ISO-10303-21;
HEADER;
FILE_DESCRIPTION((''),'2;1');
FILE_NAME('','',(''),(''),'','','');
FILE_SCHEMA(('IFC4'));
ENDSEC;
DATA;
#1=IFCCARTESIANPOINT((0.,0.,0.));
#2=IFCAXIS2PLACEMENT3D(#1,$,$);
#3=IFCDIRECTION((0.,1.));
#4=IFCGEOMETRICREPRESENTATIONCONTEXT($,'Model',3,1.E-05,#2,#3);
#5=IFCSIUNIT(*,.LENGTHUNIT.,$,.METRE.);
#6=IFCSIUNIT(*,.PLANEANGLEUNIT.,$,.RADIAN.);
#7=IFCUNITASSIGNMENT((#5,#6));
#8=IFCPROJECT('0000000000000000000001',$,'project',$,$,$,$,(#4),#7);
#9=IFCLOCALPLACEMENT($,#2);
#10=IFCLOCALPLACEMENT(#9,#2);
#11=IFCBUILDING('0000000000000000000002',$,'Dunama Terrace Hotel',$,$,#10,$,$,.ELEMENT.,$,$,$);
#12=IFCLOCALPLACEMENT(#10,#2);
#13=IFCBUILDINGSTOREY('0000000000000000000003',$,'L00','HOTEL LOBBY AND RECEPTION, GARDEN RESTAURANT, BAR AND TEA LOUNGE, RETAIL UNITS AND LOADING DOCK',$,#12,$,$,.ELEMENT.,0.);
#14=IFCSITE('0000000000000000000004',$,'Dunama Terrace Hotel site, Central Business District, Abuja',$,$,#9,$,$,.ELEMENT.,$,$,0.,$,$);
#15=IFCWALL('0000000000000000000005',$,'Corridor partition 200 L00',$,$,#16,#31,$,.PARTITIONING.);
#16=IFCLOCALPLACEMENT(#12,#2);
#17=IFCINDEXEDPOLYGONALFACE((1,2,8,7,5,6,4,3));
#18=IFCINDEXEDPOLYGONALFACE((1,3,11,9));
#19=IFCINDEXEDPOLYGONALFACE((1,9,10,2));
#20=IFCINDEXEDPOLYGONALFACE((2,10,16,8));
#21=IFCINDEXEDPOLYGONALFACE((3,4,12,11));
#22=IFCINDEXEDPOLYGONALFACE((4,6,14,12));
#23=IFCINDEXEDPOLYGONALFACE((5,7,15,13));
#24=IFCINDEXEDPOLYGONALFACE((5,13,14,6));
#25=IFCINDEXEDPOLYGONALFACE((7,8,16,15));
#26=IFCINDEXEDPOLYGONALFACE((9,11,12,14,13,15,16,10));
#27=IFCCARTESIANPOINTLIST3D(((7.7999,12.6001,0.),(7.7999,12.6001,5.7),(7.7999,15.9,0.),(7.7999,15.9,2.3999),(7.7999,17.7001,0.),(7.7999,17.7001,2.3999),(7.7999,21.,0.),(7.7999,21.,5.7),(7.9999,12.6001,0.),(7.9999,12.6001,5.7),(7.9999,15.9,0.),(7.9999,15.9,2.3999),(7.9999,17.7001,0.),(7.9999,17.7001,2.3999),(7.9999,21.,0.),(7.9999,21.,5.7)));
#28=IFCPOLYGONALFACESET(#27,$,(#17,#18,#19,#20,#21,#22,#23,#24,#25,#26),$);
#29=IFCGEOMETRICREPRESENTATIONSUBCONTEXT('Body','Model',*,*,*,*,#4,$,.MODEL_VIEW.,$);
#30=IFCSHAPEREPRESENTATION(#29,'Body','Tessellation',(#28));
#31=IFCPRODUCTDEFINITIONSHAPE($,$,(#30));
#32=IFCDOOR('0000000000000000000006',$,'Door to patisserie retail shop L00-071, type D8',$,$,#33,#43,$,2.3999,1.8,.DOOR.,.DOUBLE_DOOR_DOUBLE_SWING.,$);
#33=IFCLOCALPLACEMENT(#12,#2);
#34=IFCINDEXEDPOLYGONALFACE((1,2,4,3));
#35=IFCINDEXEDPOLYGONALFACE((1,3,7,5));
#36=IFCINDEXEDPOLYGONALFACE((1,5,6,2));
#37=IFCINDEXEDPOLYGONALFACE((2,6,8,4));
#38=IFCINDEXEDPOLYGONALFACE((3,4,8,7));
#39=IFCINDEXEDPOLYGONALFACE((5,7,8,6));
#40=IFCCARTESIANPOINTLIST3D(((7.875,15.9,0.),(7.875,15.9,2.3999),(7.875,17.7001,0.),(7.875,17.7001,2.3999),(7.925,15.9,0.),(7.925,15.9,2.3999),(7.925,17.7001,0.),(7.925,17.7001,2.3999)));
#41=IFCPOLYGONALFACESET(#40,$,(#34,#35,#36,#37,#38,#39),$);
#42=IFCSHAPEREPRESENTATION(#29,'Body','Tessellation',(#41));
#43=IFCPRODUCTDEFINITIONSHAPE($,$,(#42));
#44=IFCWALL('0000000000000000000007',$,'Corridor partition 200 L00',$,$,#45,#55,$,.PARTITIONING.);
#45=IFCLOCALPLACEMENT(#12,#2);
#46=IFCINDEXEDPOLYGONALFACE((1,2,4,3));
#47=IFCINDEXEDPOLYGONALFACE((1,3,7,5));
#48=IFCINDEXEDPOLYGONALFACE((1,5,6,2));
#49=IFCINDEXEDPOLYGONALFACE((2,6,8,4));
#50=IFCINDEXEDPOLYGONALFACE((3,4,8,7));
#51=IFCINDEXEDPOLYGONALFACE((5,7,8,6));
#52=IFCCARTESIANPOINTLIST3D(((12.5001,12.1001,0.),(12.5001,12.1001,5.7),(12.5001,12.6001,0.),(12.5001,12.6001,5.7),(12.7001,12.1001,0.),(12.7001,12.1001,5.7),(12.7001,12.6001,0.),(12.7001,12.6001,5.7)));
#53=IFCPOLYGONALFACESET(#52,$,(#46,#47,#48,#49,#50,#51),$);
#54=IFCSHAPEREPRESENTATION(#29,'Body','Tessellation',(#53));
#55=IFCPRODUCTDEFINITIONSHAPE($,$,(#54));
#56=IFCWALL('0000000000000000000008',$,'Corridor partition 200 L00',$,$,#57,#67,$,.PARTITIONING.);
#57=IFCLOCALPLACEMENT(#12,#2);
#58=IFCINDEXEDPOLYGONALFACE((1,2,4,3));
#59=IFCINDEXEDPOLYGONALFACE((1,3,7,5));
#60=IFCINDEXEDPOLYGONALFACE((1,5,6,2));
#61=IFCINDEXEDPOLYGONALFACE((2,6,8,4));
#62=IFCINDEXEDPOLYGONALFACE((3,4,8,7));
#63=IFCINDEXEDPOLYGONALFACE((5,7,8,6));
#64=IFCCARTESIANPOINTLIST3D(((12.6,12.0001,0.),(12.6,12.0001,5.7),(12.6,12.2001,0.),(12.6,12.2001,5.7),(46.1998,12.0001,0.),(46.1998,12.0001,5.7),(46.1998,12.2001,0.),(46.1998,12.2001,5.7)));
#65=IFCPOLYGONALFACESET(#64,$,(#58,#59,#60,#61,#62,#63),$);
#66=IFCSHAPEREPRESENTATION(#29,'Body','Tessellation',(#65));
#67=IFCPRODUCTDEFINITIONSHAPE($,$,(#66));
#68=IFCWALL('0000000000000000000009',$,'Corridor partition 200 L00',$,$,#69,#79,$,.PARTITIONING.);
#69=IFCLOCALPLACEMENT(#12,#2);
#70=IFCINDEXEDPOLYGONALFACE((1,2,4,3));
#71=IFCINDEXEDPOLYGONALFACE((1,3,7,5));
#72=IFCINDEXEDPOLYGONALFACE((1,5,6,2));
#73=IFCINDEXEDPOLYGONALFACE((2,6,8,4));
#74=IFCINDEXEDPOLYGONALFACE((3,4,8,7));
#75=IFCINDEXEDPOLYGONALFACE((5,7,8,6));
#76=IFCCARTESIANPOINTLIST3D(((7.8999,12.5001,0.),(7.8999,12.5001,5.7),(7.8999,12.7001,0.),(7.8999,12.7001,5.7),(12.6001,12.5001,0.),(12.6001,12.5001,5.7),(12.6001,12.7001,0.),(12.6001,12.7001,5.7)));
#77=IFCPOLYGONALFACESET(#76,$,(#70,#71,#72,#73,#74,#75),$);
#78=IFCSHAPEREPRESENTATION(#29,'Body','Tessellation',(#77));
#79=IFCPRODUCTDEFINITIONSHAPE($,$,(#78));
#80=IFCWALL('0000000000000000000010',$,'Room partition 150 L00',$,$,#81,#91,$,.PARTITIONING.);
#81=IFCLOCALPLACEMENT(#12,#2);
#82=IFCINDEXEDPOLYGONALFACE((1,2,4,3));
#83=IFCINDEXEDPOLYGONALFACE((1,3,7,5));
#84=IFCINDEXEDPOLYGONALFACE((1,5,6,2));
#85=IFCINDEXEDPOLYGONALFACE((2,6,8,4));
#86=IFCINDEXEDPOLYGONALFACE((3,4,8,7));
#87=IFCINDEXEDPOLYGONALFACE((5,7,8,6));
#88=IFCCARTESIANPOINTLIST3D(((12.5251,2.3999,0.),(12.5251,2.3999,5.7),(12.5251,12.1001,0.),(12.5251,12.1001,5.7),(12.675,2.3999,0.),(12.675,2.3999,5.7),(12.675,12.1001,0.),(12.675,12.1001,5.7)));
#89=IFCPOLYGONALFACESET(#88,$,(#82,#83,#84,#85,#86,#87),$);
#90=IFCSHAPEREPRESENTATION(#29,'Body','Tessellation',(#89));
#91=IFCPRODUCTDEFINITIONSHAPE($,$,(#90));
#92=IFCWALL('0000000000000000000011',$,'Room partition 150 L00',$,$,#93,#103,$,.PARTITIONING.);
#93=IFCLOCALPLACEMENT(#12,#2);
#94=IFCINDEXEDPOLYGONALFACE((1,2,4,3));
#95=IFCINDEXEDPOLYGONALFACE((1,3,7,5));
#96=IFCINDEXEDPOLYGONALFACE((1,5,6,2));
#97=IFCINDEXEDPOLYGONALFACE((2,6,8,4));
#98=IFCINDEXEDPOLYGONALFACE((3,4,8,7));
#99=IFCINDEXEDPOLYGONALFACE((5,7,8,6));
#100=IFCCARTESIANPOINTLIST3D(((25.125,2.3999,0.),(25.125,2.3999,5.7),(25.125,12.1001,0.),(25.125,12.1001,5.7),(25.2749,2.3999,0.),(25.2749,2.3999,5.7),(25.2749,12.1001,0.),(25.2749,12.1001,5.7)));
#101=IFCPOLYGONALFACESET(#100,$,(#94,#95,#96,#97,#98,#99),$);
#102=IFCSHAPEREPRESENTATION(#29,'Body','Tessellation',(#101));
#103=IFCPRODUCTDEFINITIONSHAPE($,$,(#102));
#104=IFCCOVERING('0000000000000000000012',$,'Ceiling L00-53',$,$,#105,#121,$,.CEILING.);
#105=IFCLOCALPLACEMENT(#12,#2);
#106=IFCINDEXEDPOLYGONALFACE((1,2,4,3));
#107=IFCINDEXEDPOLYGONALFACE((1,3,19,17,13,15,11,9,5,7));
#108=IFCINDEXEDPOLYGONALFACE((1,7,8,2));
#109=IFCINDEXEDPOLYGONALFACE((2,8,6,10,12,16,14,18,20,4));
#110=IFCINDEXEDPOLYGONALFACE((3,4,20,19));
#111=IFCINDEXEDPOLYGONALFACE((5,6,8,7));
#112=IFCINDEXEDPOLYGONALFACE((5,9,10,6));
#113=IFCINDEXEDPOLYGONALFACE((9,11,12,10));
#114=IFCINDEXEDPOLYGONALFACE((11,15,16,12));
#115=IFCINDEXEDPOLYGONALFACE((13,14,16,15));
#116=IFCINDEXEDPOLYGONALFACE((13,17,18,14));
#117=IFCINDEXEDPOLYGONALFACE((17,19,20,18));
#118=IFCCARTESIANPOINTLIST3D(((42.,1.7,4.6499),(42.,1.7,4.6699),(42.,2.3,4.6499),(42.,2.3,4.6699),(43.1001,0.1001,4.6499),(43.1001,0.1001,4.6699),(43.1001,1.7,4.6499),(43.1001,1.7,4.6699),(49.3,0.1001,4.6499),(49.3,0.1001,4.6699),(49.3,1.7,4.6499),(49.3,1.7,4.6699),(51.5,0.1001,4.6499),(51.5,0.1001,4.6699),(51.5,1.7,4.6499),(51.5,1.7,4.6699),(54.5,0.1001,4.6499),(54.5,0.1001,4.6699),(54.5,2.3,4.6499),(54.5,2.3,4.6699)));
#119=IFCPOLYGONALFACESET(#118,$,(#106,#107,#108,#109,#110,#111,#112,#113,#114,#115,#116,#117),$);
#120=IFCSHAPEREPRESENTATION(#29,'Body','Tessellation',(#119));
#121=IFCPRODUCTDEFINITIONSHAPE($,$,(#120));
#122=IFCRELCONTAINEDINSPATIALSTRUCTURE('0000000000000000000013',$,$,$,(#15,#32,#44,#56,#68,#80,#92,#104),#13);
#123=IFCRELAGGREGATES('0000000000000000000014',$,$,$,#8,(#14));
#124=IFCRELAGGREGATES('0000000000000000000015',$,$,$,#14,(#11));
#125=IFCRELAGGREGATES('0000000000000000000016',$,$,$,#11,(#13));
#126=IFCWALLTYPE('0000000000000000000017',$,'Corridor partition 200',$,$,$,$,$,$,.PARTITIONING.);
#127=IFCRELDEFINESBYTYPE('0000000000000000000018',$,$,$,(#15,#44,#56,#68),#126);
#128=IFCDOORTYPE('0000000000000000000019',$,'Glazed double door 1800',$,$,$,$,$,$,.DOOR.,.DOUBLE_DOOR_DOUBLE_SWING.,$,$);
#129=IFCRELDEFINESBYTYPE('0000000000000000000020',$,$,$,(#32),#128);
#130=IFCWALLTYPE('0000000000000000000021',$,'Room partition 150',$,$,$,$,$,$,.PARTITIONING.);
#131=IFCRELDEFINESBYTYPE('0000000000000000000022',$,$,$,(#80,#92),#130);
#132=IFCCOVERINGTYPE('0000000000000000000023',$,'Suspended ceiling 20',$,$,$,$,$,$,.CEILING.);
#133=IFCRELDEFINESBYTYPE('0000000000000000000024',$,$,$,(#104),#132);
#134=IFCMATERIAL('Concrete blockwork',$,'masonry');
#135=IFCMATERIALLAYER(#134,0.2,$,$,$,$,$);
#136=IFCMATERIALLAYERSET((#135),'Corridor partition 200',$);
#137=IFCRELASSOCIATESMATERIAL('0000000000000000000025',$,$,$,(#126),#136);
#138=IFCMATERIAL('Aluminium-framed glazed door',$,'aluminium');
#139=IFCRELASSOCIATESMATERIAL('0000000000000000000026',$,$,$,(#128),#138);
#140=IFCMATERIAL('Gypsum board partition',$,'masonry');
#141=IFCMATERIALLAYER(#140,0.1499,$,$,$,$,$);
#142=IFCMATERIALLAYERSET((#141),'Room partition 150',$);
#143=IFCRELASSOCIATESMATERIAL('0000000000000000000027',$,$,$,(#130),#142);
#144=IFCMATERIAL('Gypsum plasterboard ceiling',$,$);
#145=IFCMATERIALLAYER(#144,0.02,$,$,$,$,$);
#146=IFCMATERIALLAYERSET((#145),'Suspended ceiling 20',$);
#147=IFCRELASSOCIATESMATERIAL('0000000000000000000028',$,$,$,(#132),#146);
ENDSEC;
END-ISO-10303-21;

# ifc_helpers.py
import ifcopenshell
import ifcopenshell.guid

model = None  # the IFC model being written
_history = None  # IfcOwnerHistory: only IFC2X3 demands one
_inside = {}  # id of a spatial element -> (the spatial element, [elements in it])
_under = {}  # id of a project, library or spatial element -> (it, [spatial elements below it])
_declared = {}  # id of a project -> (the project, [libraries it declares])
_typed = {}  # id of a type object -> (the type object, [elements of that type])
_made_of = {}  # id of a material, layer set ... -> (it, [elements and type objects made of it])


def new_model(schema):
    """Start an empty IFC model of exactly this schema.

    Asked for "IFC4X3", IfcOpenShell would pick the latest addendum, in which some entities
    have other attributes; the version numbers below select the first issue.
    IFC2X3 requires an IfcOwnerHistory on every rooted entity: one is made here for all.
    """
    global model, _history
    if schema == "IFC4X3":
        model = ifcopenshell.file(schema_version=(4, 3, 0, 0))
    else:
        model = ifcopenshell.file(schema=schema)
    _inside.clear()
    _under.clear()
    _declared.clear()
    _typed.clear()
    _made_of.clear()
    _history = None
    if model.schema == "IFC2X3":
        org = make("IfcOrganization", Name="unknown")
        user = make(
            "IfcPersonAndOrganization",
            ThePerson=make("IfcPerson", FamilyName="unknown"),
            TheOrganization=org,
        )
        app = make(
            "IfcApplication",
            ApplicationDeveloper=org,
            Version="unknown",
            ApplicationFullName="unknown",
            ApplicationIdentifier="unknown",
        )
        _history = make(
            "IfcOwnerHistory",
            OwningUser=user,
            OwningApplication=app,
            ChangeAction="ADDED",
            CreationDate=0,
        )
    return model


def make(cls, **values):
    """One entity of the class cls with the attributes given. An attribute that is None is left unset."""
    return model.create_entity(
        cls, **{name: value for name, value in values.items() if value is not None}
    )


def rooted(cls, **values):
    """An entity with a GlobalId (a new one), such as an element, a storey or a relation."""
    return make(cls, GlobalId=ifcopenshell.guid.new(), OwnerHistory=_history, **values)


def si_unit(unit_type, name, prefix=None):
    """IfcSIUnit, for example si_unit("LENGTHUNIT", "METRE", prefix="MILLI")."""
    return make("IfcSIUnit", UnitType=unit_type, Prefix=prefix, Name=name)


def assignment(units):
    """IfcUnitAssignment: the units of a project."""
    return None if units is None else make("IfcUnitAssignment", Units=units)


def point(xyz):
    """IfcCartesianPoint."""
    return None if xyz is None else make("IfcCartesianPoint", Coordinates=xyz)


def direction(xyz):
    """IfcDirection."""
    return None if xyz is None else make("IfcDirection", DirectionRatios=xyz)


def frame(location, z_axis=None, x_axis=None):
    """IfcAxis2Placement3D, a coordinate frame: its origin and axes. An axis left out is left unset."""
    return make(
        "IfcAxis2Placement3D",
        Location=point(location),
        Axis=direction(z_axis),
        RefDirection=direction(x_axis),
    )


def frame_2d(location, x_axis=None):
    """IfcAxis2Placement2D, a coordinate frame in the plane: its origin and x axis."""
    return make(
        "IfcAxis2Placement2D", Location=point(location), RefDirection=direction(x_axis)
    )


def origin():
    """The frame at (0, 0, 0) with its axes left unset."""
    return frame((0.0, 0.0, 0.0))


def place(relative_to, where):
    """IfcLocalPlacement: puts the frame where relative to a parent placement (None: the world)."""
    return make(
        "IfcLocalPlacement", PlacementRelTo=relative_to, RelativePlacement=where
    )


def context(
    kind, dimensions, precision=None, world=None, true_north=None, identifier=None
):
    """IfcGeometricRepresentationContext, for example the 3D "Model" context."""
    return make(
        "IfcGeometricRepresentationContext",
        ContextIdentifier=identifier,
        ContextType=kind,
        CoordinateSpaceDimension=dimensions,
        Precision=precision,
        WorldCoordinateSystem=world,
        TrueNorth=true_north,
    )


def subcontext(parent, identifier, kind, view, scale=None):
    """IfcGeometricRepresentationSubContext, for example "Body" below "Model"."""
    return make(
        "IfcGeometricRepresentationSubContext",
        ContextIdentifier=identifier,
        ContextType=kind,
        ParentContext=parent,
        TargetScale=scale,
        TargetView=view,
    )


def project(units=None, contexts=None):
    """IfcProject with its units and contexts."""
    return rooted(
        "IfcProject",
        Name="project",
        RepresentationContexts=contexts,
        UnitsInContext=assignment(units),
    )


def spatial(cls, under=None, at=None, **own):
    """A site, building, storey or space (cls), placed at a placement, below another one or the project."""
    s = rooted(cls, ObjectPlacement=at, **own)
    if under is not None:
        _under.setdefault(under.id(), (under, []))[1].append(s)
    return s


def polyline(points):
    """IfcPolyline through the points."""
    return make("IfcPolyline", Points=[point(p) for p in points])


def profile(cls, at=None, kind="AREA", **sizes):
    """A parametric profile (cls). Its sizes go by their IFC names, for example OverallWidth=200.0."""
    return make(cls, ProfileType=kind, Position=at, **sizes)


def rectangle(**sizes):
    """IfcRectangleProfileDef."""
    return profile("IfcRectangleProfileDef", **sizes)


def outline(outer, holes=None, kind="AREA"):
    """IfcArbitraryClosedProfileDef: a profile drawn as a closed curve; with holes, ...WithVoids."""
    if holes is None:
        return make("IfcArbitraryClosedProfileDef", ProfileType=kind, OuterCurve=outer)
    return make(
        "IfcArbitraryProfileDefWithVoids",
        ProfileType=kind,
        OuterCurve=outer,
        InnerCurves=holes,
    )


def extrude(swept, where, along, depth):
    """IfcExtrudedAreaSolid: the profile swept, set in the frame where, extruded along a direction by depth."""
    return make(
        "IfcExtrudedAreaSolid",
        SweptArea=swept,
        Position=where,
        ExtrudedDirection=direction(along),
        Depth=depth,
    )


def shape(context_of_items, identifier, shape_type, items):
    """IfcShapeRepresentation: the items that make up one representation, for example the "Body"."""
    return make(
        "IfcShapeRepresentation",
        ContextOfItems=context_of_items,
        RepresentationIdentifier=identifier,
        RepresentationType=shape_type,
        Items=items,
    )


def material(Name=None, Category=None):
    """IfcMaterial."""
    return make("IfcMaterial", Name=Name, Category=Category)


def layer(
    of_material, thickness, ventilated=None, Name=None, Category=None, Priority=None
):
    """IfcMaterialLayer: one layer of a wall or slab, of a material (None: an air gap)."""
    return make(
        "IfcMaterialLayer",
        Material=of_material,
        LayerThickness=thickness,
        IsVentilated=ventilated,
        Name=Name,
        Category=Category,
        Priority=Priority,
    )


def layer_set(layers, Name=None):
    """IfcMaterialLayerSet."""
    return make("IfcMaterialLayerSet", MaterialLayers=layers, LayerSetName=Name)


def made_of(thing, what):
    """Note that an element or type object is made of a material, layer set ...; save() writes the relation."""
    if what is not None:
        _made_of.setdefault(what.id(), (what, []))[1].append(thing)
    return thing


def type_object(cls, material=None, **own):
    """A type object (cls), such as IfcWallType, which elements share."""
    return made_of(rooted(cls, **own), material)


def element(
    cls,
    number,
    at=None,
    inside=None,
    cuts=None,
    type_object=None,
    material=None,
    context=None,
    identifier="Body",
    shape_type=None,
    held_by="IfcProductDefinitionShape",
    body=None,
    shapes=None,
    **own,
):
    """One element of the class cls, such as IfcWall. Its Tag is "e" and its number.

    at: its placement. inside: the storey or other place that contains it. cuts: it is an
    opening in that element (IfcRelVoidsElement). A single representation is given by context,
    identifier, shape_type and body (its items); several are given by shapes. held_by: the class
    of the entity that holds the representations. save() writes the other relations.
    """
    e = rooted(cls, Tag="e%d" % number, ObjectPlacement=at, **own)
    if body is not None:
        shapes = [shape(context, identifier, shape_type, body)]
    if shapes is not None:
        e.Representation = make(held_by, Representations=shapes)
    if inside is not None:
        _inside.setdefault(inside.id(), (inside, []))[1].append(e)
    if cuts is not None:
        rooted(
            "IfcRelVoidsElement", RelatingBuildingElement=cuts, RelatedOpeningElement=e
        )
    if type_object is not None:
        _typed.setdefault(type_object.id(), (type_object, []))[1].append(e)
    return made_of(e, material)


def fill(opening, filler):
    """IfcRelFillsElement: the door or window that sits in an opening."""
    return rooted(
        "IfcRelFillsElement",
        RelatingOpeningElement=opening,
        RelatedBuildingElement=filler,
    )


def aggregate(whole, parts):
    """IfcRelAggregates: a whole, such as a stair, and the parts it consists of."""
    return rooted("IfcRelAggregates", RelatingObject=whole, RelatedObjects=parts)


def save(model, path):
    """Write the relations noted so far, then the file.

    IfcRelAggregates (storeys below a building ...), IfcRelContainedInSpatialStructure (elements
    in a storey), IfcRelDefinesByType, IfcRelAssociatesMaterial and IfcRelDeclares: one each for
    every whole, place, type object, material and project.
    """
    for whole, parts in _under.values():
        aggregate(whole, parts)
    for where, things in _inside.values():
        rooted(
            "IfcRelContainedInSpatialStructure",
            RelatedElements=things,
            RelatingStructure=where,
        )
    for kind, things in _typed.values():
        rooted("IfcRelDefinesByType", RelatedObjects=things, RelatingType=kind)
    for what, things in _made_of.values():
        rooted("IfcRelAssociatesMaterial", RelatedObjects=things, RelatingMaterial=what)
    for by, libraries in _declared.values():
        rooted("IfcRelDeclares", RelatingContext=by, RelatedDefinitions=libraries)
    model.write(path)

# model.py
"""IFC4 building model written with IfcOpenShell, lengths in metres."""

from ifc_helpers import new_model, si_unit, direction, frame, frame_2d, origin, place, context, subcontext, project, spatial, polyline, rectangle, outline, extrude, material, layer, layer_set, type_object, element, fill, save


model = new_model("IFC4")

# Units and contexts
model_context = context("Model", 3, precision=1e-05, world=origin(), true_north=direction((0.0, 1.0)))
body_context = subcontext(model_context, "Body", "Model", "MODEL_VIEW")
ifc_project = project(units=[si_unit("LENGTHUNIT", "METRE"), si_unit("PLANEANGLEUNIT", "RADIAN")], contexts=[model_context])

# Site, building, storey
site_placement = place(None, origin())
site = spatial("IfcSite", under=ifc_project, at=site_placement, Name="Dunama Terrace Hotel site, Central Business District, Abuja", CompositionType="ELEMENT", RefElevation=0.0)
building_placement = place(site_placement, origin())
building = spatial("IfcBuilding", under=site, at=building_placement, Name="Dunama Terrace Hotel", CompositionType="ELEMENT")
storey_placement = place(building_placement, origin())
storey = spatial("IfcBuildingStorey", under=building, at=storey_placement, Name="L00", Description="HOTEL LOBBY AND RECEPTION, GARDEN RESTAURANT, BAR AND TEA LOUNGE, RETAIL UNITS AND LOADING DOCK", CompositionType="ELEMENT", Elevation=0.0)

# Wall, opening, door
ifc_material_1 = material(Name="Concrete blockwork", Category="masonry")
ifc_layer_1 = layer(ifc_material_1, 0.2)
ifc_layer_set_1 = layer_set([ifc_layer_1], Name="Corridor partition 200")
wall_type_1 = type_object("IfcWallType", Name="Corridor partition 200", PredefinedType="PARTITIONING", material=ifc_layer_set_1)
wall_1_placement = place(storey_placement, frame((7.8999, 12.6001, 0.0), z_axis=(0.0, 0.0, 1.0), x_axis=(0.0, 1.0, 0.0)))
wall_1 = element("IfcWall", 1, at=wall_1_placement, inside=storey, type_object=wall_type_1, Name="Corridor partition 200 L00", PredefinedType="PARTITIONING", context=body_context, shape_type="SweptSolid", body=[
    extrude(rectangle(XDim=8.3999, YDim=0.2, at=frame_2d((4.2, 0.0))), origin(), (0.0, 0.0, 1.0), 5.7),
])
opening_1_placement = place(wall_1_placement, frame((3.3, 0.0, 0.0)))
opening_1 = element("IfcOpeningElement", 2, at=opening_1_placement, cuts=wall_1, PredefinedType="OPENING", context=body_context, shape_type="SweptSolid", body=[
    extrude(rectangle(XDim=1.8, YDim=2.3999, at=frame_2d((0.8999, 1.2))), frame((0.0, 0.1099, 0.0), z_axis=(0.0, -1.0, 0.0), x_axis=(1.0, 0.0, 0.0)), (0.0, 0.0, 1.0), 0.22),
])
ifc_material_2 = material(Name="Aluminium-framed glazed door", Category="aluminium")
door_type_1 = type_object("IfcDoorType", Name="Glazed double door 1800", OperationType="DOUBLE_DOOR_DOUBLE_SWING", PredefinedType="DOOR", material=ifc_material_2)
door_1_placement = place(opening_1_placement, origin())
door_1 = element("IfcDoor", 3, at=door_1_placement, inside=storey, type_object=door_type_1, Name="Door to patisserie retail shop L00-071, type D8", OperationType="DOUBLE_DOOR_DOUBLE_SWING", OverallHeight=2.3999, OverallWidth=1.8, PredefinedType="DOOR", context=body_context, shape_type="SweptSolid", body=[
    extrude(rectangle(XDim=1.8, YDim=2.3999, at=frame_2d((0.8999, 1.2))), frame((0.0, 0.0249, 0.0), z_axis=(0.0, -1.0, 0.0), x_axis=(1.0, 0.0, 0.0)), (0.0, 0.0, 1.0), 0.05),
])
fill(opening_1, door_1)

# Walls
wall_2_placement = place(storey_placement, frame((12.6001, 12.1001, 0.0), z_axis=(0.0, 0.0, 1.0), x_axis=(0.0, 1.0, 0.0)))
element("IfcWall", 4, at=wall_2_placement, inside=storey, type_object=wall_type_1, Name="Corridor partition 200 L00", PredefinedType="PARTITIONING", context=body_context, shape_type="SweptSolid", body=[
    extrude(rectangle(XDim=0.5, YDim=0.2, at=frame_2d((0.25, 0.0))), origin(), (0.0, 0.0, 1.0), 5.7),
])
wall_3_placement = place(storey_placement, frame((12.6001, 12.1001, 0.0), z_axis=(0.0, 0.0, 1.0), x_axis=(1.0, 0.0, 0.0)))
element("IfcWall", 5, at=wall_3_placement, inside=storey, type_object=wall_type_1, Name="Corridor partition 200 L00", PredefinedType="PARTITIONING", context=body_context, shape_type="SweptSolid", body=[
    extrude(rectangle(XDim=33.5999, YDim=0.2, at=frame_2d((16.7998, 0.0))), origin(), (0.0, 0.0, 1.0), 5.7),
])
wall_4_placement = place(storey_placement, frame((7.8999, 12.6001, 0.0), z_axis=(0.0, 0.0, 1.0), x_axis=(1.0, 0.0, 0.0)))
element("IfcWall", 6, at=wall_4_placement, inside=storey, type_object=wall_type_1, Name="Corridor partition 200 L00", PredefinedType="PARTITIONING", context=body_context, shape_type="SweptSolid", body=[
    extrude(rectangle(XDim=4.7002, YDim=0.2, at=frame_2d((2.3501, 0.0))), origin(), (0.0, 0.0, 1.0), 5.7),
])
ifc_material_3 = material(Name="Gypsum board partition", Category="masonry")
ifc_layer_2 = layer(ifc_material_3, 0.1499)
ifc_layer_set_2 = layer_set([ifc_layer_2], Name="Room partition 150")
wall_type_2 = type_object("IfcWallType", Name="Room partition 150", PredefinedType="PARTITIONING", material=ifc_layer_set_2)
for number, where, z_axis, x_axis, name in (
    (7, (12.6001, 2.3999, 0.0), (0.0, 0.0, 1.0), (0.0, 1.0, 0.0), "Room partition 150 L00"),
    (8, (25.2, 2.3999, 0.0), (0.0, 0.0, 1.0), (0.0, 1.0, 0.0), "Room partition 150 L00"),
):
    element("IfcWall", number, at=place(storey_placement, frame(where, z_axis=z_axis, x_axis=x_axis)), inside=storey, type_object=wall_type_2, Name=name, PredefinedType="PARTITIONING", context=body_context, shape_type="SweptSolid", body=[
        extrude(rectangle(XDim=9.7002, YDim=0.1499, at=frame_2d((4.8501, 0.0))), origin(), (0.0, 0.0, 1.0), 5.7),
    ])

# Covering
ifc_material_4 = material(Name="Gypsum plasterboard ceiling")
ifc_layer_3 = layer(ifc_material_4, 0.02)
ifc_layer_set_3 = layer_set([ifc_layer_3], Name="Suspended ceiling 20")
covering_type = type_object("IfcCoveringType", Name="Suspended ceiling 20", PredefinedType="CEILING", material=ifc_layer_set_3)
covering_placement = place(storey_placement, frame((0.0, 0.0, 4.6499)))
element("IfcCovering", 9, at=covering_placement, inside=storey, type_object=covering_type, Name="Ceiling L00-53", PredefinedType="CEILING", context=body_context, shape_type="SweptSolid", body=[
    extrude(outline(polyline([(54.5, 2.3), (42.0, 2.3), (42.0, 1.7), (43.1001, 1.7), (43.1001, 0.1001), (49.3, 0.1001), (49.3, 1.7), (51.5, 1.7), (51.5, 0.1001), (54.5, 0.1001), (54.5, 2.3)])), origin(), (0.0, 0.0, 1.0), 0.02),
])

save(model, "model.ifc")
